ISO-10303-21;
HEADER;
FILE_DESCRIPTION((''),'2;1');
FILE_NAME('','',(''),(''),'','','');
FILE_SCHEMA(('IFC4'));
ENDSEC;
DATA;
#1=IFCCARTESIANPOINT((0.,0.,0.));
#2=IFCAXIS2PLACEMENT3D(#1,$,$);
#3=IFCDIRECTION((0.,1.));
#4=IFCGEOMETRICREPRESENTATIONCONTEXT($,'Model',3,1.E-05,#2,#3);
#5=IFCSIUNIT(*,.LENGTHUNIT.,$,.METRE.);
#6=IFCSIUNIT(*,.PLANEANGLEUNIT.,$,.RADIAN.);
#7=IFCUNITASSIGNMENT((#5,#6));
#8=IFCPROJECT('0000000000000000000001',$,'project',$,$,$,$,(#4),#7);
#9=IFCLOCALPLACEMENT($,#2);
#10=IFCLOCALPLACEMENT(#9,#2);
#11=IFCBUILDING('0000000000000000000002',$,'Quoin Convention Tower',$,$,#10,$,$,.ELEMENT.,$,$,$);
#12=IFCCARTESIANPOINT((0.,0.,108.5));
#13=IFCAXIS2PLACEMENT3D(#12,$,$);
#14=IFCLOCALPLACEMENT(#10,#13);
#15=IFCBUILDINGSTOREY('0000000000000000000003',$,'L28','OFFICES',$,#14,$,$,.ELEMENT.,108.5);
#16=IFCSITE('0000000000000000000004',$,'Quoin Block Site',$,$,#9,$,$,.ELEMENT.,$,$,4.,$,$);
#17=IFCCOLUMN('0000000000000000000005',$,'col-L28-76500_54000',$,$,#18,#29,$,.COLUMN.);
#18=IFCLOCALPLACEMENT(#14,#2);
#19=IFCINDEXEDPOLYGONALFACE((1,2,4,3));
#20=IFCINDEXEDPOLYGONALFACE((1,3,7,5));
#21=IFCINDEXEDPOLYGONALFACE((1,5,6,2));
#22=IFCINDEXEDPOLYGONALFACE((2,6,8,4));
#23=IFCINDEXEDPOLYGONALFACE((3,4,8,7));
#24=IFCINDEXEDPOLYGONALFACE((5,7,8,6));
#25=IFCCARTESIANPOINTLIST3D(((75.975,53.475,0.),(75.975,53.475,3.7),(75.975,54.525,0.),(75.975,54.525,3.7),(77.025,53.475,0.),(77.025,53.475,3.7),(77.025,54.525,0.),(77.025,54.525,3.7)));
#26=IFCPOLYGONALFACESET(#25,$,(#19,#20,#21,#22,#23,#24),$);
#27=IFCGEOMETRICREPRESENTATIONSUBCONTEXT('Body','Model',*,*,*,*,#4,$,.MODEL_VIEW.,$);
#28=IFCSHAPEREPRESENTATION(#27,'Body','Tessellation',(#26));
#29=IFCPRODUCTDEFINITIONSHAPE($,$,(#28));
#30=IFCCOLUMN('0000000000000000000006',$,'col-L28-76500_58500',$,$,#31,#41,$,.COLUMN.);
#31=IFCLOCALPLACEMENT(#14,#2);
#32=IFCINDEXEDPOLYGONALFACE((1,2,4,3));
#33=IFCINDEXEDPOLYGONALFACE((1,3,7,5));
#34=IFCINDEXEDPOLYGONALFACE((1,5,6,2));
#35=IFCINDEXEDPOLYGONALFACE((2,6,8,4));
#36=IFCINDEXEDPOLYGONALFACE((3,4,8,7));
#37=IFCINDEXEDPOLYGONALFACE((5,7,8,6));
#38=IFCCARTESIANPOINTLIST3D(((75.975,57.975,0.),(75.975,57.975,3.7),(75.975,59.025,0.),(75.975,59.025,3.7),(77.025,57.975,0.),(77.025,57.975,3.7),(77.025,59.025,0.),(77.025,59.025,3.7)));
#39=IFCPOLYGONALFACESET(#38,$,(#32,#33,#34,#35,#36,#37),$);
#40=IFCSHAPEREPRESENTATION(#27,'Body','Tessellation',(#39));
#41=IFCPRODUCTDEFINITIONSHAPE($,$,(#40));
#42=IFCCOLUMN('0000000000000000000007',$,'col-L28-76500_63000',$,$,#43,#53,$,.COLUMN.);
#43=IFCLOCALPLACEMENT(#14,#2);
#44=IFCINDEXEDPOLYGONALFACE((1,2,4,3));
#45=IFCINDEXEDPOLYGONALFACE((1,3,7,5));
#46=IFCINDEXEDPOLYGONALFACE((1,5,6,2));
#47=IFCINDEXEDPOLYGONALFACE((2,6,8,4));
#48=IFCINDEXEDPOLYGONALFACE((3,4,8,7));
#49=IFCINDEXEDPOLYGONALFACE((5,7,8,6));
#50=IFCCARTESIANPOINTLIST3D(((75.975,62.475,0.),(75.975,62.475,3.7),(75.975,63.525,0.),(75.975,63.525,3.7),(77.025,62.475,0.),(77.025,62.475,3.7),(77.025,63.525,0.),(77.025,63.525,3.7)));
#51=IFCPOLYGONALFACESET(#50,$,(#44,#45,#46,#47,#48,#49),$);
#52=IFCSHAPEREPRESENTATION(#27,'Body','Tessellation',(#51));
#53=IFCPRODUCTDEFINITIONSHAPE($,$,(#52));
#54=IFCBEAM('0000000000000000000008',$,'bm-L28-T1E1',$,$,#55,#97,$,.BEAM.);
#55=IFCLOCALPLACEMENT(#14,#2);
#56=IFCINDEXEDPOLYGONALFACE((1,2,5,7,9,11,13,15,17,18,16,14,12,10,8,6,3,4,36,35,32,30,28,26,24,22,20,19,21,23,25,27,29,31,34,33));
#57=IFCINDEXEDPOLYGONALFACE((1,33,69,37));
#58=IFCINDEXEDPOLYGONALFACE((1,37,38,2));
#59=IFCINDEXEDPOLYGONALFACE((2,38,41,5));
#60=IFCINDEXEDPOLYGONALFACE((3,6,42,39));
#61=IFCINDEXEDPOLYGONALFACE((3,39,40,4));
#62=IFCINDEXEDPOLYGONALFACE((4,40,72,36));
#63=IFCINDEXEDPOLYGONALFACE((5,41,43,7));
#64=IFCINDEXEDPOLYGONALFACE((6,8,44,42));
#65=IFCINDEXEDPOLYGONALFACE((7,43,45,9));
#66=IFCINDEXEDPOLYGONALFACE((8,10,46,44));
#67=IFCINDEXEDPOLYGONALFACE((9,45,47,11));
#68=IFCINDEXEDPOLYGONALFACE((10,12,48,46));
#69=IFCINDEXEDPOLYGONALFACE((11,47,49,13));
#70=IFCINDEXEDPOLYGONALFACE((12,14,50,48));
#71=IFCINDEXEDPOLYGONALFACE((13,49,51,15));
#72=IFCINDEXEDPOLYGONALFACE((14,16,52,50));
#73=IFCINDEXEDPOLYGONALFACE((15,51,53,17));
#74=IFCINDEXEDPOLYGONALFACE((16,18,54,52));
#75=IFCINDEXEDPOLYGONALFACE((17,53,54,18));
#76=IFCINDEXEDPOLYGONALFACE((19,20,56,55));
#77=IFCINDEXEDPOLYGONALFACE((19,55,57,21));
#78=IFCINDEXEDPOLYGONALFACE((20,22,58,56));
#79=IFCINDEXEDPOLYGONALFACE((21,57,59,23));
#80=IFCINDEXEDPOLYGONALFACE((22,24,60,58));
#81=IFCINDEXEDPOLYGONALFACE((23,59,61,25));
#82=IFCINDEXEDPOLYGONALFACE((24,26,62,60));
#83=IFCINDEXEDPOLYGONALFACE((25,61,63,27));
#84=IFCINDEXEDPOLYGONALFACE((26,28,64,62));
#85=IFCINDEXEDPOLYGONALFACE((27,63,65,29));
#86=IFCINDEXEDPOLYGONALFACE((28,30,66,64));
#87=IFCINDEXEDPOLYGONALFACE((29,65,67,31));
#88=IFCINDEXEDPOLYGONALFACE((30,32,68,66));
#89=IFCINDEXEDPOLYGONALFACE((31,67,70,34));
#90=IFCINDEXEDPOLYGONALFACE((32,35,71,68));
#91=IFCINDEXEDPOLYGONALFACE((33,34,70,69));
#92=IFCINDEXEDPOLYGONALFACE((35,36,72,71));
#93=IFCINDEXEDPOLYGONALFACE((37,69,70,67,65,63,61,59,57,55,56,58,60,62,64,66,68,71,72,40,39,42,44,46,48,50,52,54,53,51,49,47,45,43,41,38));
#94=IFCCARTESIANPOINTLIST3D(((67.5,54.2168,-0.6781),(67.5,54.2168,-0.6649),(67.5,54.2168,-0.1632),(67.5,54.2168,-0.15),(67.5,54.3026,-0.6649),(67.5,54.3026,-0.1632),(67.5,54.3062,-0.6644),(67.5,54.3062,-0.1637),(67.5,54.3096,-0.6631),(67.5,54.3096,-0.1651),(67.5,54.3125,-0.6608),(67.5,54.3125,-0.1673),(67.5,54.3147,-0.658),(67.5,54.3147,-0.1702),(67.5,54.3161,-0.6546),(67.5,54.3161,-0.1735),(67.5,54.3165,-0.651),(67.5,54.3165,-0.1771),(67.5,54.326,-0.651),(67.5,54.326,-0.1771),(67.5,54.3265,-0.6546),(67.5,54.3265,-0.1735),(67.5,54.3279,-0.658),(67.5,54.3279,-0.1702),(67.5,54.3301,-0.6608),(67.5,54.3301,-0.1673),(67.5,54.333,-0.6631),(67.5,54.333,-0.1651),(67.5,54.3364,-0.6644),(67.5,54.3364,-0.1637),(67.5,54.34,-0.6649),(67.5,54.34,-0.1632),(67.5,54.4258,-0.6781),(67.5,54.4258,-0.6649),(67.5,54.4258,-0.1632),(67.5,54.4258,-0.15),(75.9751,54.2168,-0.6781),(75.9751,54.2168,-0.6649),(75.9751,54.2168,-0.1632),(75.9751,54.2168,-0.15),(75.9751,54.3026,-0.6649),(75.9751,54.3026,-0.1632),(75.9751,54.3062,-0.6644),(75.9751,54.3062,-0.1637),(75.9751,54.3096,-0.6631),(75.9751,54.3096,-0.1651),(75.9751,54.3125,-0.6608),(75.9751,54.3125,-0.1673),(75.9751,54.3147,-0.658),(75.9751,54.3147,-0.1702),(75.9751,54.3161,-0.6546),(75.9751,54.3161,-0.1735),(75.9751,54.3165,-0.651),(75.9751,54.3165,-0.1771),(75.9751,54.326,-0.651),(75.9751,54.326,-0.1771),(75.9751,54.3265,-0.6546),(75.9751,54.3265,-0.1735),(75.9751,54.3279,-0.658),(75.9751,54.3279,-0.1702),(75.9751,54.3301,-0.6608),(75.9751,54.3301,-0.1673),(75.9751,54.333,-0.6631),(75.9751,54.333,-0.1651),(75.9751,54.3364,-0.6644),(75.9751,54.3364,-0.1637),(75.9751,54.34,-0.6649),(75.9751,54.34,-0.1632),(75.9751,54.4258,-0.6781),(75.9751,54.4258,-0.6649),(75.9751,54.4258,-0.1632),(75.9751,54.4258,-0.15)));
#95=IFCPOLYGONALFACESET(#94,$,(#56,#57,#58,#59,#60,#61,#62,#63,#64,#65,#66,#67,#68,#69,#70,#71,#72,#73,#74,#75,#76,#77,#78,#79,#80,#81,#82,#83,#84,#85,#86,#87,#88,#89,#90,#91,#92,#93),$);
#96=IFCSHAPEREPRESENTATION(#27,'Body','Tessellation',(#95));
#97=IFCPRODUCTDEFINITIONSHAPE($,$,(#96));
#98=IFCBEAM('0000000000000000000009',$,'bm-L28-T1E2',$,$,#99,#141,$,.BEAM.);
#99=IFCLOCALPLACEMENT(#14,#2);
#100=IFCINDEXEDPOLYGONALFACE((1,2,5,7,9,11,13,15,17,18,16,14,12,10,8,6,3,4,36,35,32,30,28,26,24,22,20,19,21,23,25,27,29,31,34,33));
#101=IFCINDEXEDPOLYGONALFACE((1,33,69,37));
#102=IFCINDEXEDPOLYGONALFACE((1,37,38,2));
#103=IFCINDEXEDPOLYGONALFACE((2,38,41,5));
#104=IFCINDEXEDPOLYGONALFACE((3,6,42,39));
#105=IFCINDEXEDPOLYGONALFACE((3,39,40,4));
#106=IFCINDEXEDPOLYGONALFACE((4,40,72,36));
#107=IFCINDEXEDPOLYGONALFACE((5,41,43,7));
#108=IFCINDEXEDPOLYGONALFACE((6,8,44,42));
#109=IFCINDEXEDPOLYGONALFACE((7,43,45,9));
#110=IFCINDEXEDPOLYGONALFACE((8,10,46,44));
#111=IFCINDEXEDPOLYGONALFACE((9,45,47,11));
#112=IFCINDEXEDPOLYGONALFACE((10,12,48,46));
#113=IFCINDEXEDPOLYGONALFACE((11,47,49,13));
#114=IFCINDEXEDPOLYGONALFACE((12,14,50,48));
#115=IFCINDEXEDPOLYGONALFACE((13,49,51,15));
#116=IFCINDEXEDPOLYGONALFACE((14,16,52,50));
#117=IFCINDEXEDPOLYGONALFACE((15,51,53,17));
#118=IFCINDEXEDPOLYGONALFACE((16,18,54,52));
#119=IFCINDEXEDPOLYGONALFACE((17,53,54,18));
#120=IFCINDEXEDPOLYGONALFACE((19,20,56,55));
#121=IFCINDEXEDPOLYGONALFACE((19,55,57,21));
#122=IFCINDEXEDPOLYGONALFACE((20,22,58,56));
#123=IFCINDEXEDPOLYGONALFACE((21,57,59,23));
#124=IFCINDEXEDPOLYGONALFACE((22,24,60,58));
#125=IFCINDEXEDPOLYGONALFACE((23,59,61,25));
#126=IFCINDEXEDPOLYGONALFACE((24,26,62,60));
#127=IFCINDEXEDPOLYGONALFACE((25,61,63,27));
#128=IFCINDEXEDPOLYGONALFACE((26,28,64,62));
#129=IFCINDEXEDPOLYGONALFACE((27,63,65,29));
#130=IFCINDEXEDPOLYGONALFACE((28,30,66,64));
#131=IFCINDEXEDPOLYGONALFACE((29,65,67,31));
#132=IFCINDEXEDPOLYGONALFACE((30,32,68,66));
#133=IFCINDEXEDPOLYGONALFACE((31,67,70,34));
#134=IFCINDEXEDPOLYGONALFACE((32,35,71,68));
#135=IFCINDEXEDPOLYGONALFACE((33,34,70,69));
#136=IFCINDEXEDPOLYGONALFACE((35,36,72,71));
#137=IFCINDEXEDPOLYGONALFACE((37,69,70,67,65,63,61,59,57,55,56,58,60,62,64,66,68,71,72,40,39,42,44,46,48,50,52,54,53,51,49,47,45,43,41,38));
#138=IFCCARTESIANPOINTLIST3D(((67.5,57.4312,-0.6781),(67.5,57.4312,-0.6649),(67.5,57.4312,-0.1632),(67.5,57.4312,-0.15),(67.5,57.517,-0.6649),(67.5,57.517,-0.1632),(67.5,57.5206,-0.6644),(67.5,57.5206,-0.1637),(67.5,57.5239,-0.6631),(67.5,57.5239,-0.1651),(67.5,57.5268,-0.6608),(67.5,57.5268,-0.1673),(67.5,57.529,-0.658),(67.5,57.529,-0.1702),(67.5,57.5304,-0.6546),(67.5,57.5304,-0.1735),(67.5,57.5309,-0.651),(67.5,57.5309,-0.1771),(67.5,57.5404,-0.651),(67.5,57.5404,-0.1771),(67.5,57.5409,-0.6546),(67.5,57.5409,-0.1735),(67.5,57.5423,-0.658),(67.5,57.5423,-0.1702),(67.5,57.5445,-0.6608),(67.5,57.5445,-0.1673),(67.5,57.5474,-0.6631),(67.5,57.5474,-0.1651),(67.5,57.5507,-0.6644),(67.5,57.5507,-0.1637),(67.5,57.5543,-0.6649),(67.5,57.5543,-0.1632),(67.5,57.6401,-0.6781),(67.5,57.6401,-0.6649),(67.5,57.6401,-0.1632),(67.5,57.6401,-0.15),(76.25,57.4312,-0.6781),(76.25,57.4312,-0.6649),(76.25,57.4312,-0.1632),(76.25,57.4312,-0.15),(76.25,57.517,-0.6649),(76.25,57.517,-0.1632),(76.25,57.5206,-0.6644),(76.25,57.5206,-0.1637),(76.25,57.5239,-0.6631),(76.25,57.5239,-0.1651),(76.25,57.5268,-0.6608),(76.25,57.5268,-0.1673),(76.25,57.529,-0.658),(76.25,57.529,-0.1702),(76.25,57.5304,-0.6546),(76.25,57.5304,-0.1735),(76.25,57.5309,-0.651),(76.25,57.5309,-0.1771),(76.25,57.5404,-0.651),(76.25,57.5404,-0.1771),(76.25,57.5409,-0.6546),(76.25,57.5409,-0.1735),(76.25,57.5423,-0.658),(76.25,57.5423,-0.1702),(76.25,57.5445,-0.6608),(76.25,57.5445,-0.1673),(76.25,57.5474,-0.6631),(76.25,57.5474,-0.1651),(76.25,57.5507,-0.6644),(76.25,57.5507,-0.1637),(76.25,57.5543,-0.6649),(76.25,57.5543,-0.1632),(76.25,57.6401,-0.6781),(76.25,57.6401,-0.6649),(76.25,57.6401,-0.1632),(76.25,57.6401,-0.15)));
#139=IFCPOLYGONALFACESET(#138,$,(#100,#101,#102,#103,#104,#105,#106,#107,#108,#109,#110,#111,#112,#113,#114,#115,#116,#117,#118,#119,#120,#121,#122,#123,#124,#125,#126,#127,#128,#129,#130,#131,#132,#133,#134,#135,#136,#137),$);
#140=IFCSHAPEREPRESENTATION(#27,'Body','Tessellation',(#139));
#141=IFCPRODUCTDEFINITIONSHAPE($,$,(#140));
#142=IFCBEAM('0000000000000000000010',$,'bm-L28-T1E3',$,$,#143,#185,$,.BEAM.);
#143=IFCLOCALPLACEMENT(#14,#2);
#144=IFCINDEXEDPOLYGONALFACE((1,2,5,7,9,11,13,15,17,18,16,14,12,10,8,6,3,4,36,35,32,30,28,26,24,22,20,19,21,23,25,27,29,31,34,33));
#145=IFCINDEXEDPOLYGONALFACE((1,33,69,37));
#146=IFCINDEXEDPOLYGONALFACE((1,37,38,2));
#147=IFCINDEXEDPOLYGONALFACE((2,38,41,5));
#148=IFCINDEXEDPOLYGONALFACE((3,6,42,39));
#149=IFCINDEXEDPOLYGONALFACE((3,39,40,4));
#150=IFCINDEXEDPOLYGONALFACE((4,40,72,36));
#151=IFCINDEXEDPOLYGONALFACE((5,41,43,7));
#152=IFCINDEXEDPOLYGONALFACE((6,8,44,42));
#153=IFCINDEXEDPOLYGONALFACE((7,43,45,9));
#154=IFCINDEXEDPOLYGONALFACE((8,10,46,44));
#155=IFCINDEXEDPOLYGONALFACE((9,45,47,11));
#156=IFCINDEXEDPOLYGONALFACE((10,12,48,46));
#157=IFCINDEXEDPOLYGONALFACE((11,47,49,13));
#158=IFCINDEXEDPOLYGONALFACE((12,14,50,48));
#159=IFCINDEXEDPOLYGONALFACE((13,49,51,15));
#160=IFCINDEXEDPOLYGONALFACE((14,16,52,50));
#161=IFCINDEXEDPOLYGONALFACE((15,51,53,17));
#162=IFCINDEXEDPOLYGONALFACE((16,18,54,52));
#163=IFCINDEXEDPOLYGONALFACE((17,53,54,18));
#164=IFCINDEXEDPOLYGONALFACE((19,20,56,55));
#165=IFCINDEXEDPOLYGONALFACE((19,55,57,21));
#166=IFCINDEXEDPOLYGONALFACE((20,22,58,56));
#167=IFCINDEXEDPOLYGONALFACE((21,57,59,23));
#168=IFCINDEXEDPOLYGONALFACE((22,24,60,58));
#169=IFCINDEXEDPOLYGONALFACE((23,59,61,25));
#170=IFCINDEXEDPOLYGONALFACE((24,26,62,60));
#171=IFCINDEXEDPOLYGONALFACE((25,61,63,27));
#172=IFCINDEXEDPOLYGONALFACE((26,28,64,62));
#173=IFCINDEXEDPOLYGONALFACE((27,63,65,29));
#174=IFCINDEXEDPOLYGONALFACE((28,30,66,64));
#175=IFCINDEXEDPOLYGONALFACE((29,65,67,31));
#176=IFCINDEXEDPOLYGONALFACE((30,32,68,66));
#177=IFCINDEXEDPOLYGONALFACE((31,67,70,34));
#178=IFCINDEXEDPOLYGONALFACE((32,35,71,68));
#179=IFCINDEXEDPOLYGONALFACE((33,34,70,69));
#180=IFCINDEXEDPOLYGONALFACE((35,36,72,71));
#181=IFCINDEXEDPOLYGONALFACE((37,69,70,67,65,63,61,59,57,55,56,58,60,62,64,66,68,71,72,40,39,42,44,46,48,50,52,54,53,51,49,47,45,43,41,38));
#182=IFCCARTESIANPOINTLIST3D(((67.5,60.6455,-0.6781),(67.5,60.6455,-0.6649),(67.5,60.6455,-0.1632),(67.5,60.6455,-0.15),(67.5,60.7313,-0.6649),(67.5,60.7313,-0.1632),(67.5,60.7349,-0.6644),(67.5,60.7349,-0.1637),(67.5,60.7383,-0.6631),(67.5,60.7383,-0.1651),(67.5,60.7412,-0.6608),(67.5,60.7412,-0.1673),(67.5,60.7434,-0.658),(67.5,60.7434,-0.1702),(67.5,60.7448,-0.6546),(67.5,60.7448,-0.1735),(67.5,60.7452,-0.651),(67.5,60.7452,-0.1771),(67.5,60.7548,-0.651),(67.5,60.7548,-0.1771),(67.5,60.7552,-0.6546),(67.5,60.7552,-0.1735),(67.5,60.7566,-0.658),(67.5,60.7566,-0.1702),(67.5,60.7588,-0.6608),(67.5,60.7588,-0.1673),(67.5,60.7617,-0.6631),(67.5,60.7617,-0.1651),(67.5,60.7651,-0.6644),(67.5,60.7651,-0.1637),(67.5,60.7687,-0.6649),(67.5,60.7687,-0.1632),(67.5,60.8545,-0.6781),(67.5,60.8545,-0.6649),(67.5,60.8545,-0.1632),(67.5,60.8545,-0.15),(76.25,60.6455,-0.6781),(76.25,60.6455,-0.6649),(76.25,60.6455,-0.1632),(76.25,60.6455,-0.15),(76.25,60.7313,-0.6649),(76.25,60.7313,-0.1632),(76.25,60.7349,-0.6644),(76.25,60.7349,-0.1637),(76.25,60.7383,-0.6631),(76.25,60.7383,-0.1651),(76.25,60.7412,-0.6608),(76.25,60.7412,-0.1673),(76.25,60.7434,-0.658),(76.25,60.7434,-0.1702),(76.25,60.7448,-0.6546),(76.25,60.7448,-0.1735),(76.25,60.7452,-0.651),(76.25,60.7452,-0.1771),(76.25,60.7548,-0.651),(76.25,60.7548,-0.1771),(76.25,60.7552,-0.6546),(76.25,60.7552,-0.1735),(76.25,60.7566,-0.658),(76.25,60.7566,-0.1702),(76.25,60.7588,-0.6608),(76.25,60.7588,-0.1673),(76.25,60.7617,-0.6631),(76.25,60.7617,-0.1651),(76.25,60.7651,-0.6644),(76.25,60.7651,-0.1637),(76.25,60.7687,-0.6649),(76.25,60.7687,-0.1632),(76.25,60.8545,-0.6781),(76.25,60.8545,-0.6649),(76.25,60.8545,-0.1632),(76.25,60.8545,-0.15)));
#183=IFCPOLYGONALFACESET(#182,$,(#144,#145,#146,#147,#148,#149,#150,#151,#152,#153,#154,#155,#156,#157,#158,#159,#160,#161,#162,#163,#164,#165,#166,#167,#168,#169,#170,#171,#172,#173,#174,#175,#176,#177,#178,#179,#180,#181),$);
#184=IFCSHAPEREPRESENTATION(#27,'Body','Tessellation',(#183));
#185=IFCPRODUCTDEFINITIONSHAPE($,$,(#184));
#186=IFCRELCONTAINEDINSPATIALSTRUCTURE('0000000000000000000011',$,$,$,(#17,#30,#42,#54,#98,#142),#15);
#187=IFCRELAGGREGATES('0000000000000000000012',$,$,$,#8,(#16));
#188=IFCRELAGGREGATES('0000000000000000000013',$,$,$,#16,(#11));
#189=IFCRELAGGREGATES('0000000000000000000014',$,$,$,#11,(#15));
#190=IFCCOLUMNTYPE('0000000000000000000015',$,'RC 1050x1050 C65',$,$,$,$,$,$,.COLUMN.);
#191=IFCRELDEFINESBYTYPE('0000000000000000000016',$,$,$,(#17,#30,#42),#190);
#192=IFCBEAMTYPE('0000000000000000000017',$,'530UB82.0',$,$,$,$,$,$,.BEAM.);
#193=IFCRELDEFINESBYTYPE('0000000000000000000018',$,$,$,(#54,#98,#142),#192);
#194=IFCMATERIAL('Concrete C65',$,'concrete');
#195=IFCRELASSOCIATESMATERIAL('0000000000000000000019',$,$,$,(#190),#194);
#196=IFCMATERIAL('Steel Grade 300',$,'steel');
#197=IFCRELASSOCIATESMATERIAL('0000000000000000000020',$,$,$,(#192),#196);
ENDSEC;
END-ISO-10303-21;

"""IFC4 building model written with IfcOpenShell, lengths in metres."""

from ifc_helpers import new_model, si_unit, direction, frame, origin, origin_2d, place, context, subcontext, project, spatial, rectangle, i_section, extrude, material, material_profile, profile_set, type_object, element, save


model = new_model("IFC4")

# Units and contexts
model_context = context("Model", 3, precision=1e-05, world=origin(), true_north=direction((0.0, 1.0)))
body_context = subcontext(model_context, "Body", "Model", "MODEL_VIEW")
ifc_project = project(units=[si_unit("LENGTHUNIT", "METRE"), si_unit("PLANEANGLEUNIT", "RADIAN")], contexts=[model_context])

# Site, building, storey
site_placement = place(None, origin())
site = spatial("IfcSite", under=ifc_project, at=site_placement, Name="Quoin Block Site", CompositionType="ELEMENT", RefElevation=4.0)
building_placement = place(site_placement, origin())
building = spatial("IfcBuilding", under=site, at=building_placement, Name="Quoin Convention Tower", CompositionType="ELEMENT")
storey_placement = place(building_placement, frame((0.0, 0.0, 108.5)))
storey = spatial("IfcBuildingStorey", under=building, at=storey_placement, Name="L28", Description="OFFICES", CompositionType="ELEMENT", Elevation=108.5)

# Columns
ifc_material_1 = material(Name="Concrete C65", Category="concrete")
ifc_material_profile_1 = material_profile(ifc_material_1, rectangle(XDim=1.05, YDim=1.05, at=origin_2d()), Name="RC 1050x1050")
ifc_profile_set_1 = profile_set([ifc_material_profile_1], Name="Concrete C65")
column_type = type_object("IfcColumnType", Name="RC 1050x1050 C65", PredefinedType="COLUMN", material=ifc_profile_set_1)
for number, where, z_axis, x_axis, name in (
    (1, (76.5, 54.0, 0.0), (0.0, 0.0, 1.0), (1.0, 0.0, 0.0), "col-L28-76500_54000"),
    (2, (76.5, 58.5, 0.0), (0.0, 0.0, 1.0), (1.0, 0.0, 0.0), "col-L28-76500_58500"),
    (3, (76.5, 63.0, 0.0), (0.0, 0.0, 1.0), (1.0, 0.0, 0.0), "col-L28-76500_63000"),
):
    element("IfcColumn", number, at=place(storey_placement, frame(where, z_axis=z_axis, x_axis=x_axis)), inside=storey, type_object=column_type, Name=name, PredefinedType="COLUMN", context=body_context, shape_type="SweptSolid", body=[
        extrude(rectangle(XDim=1.05, YDim=1.05, at=origin_2d()), origin(), (0.0, 0.0, 1.0), 3.7),
    ])

# Beams
ifc_material_2 = material(Name="Steel Grade 300", Category="steel")
ifc_material_profile_2 = material_profile(ifc_material_2, i_section(OverallWidth=0.209, OverallDepth=0.5281, WebThickness=0.0095, FlangeThickness=0.0132, FilletRadius=0.0139, at=origin_2d()), Name="530UB82.0")
ifc_profile_set_2 = profile_set([ifc_material_profile_2], Name="Steel Grade 300")
beam_type_1 = type_object("IfcBeamType", Name="530UB82.0", PredefinedType="BEAM", material=ifc_profile_set_2)
beam_1_placement = place(storey_placement, frame((67.5, 54.3213, -0.4141), z_axis=(1.0, 0.0, 0.0), x_axis=(0.0, 1.0, 0.0)))
element("IfcBeam", 4, at=beam_1_placement, inside=storey, type_object=beam_type_1, Name="bm-L28-T1E1", PredefinedType="BEAM", context=body_context, shape_type="SweptSolid", body=[
    extrude(i_section(OverallWidth=0.209, OverallDepth=0.5281, WebThickness=0.0095, FlangeThickness=0.0132, FilletRadius=0.0139, at=origin_2d()), origin(), (0.0, 0.0, 1.0), 8.4751),
])
for number, where, z_axis, x_axis, name in (
    (5, (67.5, 57.5356, -0.4141), (1.0, 0.0, 0.0), (0.0, 1.0, 0.0), "bm-L28-T1E2"),
    (6, (67.5, 60.75, -0.4141), (1.0, 0.0, 0.0), (0.0, 1.0, 0.0), "bm-L28-T1E3"),
):
    element("IfcBeam", number, at=place(storey_placement, frame(where, z_axis=z_axis, x_axis=x_axis)), inside=storey, type_object=beam_type_1, Name=name, PredefinedType="BEAM", context=body_context, shape_type="SweptSolid", body=[
        extrude(i_section(OverallWidth=0.209, OverallDepth=0.5281, WebThickness=0.0095, FlangeThickness=0.0132, FilletRadius=0.0139, at=origin_2d()), origin(), (0.0, 0.0, 1.0), 8.75),
    ])

save(model, "model.ifc")
